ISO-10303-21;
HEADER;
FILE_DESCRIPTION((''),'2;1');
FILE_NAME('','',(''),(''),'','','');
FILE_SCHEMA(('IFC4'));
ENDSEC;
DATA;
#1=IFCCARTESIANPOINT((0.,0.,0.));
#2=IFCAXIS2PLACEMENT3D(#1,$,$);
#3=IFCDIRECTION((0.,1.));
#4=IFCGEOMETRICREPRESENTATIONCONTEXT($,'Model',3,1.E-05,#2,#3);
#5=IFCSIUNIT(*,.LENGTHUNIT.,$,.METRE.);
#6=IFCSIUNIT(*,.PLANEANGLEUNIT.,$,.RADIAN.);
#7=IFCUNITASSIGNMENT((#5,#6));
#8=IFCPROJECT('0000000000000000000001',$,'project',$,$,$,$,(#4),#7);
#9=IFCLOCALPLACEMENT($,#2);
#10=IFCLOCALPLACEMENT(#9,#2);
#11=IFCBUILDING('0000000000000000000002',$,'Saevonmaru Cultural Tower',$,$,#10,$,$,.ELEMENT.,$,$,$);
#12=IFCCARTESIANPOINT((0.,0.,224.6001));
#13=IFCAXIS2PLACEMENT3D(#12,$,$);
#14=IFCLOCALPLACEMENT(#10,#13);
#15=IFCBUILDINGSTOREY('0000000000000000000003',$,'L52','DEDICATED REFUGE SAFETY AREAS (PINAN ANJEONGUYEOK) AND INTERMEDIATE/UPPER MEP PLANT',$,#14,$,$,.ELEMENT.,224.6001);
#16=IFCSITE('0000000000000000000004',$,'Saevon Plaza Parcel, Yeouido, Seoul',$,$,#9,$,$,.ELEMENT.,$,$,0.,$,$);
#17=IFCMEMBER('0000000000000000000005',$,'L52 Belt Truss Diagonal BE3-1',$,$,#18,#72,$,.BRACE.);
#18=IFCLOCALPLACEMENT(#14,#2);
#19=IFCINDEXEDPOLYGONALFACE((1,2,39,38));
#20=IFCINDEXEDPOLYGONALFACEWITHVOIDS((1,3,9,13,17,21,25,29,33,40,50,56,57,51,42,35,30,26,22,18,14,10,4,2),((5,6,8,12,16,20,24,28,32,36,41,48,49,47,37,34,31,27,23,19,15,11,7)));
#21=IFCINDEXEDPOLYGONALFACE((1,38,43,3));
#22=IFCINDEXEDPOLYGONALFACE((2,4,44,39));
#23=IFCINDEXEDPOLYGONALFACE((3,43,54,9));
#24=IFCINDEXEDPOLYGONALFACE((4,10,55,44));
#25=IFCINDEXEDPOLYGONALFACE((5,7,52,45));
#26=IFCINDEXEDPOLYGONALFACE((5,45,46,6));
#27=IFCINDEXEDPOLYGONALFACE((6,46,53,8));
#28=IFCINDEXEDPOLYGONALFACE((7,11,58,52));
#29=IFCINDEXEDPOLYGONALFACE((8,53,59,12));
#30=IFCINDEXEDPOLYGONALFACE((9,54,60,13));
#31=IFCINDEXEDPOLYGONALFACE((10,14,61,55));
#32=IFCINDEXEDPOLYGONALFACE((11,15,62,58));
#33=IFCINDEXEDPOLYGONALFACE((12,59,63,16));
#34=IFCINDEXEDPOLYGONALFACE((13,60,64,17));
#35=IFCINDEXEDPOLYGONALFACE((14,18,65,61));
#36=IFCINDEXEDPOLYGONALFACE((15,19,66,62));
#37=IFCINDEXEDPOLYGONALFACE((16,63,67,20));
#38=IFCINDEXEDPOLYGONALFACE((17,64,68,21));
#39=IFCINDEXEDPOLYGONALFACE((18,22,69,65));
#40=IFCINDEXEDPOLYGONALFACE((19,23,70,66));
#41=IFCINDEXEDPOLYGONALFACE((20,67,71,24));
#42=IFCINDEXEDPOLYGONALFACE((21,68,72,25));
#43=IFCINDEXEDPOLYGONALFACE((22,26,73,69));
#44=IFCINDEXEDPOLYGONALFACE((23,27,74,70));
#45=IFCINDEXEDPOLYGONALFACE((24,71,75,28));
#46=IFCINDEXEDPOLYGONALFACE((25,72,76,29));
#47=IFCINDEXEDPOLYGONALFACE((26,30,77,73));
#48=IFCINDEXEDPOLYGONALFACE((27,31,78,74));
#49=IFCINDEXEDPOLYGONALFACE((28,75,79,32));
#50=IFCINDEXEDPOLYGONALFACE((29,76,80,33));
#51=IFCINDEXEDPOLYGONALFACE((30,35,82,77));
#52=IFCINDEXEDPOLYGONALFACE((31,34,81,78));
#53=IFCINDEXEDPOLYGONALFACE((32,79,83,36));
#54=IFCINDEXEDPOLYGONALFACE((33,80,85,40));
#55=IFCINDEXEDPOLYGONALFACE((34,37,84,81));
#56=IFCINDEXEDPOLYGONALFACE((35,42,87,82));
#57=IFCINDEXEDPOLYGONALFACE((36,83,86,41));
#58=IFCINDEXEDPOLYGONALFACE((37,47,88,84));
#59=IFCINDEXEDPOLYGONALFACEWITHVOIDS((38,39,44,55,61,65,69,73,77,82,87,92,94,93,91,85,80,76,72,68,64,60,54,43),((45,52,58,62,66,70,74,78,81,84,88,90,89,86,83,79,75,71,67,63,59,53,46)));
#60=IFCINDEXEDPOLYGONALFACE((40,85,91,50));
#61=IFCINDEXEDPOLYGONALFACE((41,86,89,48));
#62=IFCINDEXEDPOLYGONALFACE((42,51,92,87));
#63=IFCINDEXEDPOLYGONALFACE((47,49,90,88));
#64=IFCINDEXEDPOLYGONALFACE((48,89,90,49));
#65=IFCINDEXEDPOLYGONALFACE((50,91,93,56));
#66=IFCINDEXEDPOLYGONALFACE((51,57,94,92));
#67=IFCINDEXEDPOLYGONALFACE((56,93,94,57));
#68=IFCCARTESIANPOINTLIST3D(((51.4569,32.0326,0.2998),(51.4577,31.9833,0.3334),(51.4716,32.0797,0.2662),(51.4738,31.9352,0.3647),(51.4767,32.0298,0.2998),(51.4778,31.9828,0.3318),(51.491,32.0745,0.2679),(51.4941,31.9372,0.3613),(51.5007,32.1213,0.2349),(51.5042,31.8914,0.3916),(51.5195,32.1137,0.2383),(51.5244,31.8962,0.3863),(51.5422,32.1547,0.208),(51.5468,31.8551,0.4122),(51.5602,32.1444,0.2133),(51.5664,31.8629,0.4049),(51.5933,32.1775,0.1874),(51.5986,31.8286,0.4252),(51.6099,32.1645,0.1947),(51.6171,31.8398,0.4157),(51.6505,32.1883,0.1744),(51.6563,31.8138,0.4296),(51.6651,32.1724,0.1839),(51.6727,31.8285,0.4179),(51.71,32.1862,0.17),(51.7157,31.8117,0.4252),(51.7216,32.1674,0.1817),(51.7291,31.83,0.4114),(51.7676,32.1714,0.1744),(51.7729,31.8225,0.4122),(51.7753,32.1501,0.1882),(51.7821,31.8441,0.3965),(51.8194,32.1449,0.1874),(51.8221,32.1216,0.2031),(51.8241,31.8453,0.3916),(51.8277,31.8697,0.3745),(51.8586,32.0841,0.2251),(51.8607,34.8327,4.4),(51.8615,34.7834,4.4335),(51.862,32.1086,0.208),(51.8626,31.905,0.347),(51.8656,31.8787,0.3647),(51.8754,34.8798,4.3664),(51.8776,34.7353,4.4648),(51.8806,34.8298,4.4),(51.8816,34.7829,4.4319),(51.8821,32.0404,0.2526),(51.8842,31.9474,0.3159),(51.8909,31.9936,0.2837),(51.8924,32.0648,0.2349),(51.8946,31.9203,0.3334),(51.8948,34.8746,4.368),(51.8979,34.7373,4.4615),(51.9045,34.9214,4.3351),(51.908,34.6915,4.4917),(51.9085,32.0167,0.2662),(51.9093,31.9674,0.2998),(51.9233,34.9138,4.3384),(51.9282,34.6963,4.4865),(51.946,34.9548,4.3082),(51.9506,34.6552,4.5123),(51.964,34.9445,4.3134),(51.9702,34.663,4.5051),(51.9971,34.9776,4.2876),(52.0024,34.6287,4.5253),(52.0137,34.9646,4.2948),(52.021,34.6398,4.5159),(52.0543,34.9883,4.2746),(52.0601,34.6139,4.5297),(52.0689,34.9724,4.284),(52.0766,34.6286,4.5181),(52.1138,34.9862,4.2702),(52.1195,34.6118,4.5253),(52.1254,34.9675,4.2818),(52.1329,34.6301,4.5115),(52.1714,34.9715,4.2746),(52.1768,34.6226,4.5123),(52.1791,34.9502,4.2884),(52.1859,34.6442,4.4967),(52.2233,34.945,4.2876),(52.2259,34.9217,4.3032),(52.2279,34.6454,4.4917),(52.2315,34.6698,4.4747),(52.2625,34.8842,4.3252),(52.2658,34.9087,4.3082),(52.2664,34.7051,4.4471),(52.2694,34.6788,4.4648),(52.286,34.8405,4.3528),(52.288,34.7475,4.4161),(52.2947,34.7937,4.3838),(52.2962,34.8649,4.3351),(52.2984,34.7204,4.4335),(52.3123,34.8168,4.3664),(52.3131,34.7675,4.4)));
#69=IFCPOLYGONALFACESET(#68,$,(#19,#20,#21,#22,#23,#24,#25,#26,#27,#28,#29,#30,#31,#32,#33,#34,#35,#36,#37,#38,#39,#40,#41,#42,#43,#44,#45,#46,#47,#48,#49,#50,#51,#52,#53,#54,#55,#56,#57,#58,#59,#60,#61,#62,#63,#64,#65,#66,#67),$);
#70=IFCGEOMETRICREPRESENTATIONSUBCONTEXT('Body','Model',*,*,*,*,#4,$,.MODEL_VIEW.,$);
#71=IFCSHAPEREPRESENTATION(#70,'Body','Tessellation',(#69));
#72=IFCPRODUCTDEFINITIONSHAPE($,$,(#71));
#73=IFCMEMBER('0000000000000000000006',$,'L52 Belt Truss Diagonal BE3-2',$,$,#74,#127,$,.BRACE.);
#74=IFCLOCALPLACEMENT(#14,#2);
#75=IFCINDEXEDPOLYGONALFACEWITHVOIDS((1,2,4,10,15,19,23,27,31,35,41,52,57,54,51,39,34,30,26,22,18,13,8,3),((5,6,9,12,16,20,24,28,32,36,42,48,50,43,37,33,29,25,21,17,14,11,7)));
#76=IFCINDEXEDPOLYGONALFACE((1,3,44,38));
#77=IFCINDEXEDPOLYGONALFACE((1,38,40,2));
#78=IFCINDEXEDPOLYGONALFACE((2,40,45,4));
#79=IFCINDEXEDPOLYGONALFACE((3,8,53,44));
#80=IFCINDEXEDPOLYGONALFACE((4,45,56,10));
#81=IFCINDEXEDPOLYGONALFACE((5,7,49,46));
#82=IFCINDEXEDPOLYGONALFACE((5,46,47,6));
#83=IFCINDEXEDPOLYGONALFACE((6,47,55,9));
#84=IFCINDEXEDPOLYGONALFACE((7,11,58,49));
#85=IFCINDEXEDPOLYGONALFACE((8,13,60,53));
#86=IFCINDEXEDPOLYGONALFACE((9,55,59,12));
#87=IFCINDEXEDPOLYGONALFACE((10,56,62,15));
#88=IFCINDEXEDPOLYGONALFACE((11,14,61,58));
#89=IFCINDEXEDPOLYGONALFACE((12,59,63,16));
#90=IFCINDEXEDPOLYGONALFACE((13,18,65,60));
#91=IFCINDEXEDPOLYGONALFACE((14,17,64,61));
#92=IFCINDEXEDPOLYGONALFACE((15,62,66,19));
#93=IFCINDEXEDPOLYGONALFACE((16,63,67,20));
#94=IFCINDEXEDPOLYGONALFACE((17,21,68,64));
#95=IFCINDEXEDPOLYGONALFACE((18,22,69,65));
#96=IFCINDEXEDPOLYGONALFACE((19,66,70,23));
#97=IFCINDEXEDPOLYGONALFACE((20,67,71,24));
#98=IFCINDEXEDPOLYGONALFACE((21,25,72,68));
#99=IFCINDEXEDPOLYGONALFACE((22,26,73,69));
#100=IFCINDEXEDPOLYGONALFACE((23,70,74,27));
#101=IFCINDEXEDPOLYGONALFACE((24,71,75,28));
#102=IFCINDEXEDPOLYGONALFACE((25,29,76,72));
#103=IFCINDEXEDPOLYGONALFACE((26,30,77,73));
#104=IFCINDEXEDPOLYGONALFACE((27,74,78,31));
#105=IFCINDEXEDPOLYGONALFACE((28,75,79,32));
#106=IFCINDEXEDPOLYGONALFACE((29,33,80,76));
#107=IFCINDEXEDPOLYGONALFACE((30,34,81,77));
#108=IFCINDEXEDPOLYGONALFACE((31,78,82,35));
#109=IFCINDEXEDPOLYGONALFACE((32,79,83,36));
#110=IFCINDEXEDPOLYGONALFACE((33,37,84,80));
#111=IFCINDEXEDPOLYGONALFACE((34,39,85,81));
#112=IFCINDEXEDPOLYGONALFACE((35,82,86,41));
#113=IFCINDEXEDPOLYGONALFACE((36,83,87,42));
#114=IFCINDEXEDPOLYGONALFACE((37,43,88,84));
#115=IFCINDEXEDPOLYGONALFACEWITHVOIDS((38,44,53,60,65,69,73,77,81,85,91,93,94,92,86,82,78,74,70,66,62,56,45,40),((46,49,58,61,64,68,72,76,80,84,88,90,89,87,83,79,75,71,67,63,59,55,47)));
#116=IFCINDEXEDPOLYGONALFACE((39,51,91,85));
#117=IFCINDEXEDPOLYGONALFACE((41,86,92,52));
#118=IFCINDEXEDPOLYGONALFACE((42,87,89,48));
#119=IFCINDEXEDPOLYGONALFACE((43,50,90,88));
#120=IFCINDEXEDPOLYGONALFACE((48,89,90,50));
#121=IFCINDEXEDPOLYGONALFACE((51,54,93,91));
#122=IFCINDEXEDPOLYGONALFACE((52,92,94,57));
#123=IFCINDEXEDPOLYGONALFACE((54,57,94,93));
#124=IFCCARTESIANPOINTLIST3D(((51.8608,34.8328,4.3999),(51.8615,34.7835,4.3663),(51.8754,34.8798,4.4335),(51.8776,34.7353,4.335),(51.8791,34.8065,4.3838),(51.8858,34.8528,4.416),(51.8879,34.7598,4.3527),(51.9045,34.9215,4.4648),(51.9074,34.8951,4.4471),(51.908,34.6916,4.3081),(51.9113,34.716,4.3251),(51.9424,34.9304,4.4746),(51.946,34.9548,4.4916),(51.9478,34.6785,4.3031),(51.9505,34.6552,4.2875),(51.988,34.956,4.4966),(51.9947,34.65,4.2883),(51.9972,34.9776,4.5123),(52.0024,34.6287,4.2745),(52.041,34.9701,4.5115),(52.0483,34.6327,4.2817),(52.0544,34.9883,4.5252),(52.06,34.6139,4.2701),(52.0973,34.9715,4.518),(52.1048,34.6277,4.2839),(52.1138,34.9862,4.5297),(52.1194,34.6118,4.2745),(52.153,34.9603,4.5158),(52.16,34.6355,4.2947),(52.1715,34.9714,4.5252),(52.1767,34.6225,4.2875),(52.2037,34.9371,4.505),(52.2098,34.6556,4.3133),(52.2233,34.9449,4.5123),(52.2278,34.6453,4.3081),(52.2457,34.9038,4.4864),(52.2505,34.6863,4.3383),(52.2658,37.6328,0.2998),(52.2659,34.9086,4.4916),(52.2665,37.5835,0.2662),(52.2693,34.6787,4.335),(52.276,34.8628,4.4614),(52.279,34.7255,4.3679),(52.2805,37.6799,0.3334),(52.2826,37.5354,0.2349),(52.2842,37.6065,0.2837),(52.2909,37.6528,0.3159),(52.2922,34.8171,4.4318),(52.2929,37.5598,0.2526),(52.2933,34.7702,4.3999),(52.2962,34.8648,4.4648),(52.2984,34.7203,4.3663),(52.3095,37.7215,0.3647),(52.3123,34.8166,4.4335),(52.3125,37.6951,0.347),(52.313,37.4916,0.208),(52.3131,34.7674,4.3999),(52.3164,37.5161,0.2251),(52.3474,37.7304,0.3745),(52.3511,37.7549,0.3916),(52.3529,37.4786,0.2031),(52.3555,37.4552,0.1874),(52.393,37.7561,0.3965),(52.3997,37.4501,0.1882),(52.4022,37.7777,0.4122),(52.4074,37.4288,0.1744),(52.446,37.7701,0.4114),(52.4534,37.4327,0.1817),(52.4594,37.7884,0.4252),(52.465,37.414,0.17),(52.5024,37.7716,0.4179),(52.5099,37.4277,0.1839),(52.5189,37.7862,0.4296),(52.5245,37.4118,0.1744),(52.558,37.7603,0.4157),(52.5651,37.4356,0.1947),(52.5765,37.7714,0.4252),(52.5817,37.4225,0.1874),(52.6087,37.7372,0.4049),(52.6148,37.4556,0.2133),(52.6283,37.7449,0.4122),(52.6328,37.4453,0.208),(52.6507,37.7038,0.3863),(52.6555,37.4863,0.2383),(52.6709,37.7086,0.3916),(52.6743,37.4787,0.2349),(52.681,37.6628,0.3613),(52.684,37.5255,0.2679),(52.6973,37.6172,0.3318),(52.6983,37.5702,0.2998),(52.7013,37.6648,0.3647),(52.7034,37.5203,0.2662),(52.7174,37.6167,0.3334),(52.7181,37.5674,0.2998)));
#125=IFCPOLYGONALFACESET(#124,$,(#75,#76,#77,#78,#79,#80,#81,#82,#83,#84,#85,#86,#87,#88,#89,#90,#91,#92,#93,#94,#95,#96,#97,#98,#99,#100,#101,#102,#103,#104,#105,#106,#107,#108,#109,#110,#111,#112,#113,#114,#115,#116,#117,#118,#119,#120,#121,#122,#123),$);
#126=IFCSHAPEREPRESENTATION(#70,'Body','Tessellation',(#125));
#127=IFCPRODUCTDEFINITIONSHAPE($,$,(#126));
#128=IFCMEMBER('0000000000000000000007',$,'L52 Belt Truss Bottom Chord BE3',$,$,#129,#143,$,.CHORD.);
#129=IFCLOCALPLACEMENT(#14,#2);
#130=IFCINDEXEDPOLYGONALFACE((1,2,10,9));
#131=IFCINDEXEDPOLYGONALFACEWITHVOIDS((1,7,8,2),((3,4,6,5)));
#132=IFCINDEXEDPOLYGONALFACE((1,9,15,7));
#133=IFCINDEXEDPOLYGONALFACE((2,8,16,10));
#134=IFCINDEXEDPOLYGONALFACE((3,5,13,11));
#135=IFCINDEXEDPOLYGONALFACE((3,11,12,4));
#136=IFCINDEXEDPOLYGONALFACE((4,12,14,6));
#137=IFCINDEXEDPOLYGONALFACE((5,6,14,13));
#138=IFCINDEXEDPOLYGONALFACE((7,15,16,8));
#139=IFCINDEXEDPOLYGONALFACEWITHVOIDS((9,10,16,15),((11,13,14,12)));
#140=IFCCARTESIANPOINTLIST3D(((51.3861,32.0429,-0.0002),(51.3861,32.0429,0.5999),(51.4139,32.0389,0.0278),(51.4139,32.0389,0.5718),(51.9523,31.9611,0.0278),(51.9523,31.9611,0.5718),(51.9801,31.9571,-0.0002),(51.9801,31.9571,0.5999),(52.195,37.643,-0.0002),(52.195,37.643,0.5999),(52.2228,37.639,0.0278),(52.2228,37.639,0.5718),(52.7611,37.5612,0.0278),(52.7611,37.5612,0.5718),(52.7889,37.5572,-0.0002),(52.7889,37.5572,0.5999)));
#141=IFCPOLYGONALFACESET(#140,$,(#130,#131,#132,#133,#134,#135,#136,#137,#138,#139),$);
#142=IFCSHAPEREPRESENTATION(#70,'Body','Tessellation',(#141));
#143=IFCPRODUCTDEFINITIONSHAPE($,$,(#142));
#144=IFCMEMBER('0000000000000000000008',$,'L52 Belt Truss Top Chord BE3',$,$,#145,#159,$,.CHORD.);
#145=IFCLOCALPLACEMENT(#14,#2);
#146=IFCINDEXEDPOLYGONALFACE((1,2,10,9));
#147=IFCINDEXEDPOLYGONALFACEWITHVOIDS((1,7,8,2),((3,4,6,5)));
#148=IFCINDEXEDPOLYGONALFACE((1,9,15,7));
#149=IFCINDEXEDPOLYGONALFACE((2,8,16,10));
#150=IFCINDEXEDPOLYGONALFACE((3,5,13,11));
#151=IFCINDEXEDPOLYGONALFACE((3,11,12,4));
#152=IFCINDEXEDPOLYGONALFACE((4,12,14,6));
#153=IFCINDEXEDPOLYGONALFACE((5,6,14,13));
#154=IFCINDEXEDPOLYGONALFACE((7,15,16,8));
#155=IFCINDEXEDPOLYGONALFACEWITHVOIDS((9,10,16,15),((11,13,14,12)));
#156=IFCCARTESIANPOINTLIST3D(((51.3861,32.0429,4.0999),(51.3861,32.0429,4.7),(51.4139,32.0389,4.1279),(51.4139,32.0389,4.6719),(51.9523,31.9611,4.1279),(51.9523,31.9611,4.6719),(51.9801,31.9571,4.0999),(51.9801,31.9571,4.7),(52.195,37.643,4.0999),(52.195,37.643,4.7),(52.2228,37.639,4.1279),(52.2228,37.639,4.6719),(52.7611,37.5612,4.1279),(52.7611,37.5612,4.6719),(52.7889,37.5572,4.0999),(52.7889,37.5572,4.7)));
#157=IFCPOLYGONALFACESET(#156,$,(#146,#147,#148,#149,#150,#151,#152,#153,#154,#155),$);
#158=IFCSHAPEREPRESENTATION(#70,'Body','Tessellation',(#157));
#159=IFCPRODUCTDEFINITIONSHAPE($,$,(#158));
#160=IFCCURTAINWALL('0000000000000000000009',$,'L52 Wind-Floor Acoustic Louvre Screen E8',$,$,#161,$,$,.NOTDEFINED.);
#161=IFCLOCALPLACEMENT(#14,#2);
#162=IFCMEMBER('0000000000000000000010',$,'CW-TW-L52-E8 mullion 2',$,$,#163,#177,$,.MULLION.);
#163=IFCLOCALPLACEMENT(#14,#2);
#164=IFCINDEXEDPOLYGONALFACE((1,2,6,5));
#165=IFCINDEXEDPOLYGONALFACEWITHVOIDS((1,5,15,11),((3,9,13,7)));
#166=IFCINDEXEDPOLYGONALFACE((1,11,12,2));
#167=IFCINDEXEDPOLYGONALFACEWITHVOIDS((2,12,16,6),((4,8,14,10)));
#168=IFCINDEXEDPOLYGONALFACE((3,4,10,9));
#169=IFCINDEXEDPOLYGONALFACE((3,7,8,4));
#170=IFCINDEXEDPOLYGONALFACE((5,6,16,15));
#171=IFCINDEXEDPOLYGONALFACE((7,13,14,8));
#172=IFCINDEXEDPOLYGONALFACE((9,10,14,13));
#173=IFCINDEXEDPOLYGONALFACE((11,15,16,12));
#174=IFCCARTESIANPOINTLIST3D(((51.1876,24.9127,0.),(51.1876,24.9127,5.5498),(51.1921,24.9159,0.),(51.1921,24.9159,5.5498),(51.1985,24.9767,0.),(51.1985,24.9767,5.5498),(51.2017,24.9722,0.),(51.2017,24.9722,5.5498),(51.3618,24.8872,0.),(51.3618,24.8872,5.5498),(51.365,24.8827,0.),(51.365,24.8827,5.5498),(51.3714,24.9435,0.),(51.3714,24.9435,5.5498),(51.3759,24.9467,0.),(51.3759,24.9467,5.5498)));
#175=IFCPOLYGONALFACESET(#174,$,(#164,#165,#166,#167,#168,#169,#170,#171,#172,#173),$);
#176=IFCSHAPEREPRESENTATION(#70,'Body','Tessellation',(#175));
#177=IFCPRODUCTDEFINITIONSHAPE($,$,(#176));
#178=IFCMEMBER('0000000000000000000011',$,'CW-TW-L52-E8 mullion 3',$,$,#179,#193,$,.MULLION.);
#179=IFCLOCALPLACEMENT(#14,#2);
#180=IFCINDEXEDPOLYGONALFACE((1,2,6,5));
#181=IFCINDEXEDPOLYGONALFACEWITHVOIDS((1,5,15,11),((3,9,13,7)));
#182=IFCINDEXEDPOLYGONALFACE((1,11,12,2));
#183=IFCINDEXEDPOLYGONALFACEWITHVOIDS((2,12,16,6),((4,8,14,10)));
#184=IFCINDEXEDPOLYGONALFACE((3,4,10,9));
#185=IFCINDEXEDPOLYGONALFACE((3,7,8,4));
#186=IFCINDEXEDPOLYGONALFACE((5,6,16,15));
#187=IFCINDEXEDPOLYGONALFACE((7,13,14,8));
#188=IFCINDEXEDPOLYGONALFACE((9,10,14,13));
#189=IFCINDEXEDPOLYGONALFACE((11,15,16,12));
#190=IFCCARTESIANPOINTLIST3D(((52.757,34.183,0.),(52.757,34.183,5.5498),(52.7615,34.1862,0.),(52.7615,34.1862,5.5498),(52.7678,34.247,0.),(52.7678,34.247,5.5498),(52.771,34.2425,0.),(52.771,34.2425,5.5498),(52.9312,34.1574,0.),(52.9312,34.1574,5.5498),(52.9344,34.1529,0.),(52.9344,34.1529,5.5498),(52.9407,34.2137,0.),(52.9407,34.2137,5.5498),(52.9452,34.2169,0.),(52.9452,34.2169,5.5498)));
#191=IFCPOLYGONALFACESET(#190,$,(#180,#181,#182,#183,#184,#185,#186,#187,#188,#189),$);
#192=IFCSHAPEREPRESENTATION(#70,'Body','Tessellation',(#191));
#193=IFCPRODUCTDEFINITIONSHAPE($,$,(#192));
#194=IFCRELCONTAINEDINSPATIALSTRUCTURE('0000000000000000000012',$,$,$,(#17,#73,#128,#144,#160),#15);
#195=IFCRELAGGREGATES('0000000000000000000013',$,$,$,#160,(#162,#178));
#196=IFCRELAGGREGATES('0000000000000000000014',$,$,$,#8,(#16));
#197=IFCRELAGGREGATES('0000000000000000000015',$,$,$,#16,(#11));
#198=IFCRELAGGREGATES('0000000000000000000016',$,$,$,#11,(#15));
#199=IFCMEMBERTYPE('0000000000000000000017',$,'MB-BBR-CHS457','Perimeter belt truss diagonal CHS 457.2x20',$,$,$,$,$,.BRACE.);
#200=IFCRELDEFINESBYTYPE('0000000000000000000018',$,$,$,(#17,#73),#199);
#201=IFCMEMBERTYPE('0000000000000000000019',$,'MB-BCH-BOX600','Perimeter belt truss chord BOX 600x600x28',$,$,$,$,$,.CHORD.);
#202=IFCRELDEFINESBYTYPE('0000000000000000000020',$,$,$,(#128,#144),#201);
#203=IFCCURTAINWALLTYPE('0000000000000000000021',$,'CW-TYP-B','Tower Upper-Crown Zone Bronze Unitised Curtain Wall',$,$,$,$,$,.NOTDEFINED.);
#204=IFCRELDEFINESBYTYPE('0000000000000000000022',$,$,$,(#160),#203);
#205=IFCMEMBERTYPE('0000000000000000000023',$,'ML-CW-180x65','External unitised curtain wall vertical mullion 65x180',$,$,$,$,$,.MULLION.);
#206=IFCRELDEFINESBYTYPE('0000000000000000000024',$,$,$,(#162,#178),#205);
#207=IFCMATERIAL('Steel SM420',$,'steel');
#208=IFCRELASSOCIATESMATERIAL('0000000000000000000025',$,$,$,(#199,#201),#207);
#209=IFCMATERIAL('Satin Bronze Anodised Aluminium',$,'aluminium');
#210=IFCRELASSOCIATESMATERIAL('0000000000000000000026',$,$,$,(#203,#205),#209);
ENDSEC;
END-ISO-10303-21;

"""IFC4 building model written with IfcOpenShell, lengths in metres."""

from ifc_helpers import new_model, si_unit, direction, frame, origin, origin_2d, place, context, subcontext, project, spatial, hollow_rectangle, hollow_circle, extrude, material, material_profile, profile_set, type_object, element, aggregate, save


model = new_model("IFC4")

# Units and contexts
model_context = context("Model", 3, precision=1e-05, world=origin(), true_north=direction((0.0, 1.0)))
body_context = subcontext(model_context, "Body", "Model", "MODEL_VIEW")
ifc_project = project(units=[si_unit("LENGTHUNIT", "METRE"), si_unit("PLANEANGLEUNIT", "RADIAN")], contexts=[model_context])

# Site, building, storey
site_placement = place(None, origin())
site = spatial("IfcSite", under=ifc_project, at=site_placement, Name="Saevon Plaza Parcel, Yeouido, Seoul", CompositionType="ELEMENT", RefElevation=0.0)
building_placement = place(site_placement, origin())
building = spatial("IfcBuilding", under=site, at=building_placement, Name="Saevonmaru Cultural Tower", CompositionType="ELEMENT")
storey_placement = place(building_placement, frame((0.0, 0.0, 224.6001)))
storey = spatial("IfcBuildingStorey", under=building, at=storey_placement, Name="L52", Description="DEDICATED REFUGE SAFETY AREAS (PINAN ANJEONGUYEOK) AND INTERMEDIATE/UPPER MEP PLANT", CompositionType="ELEMENT", Elevation=224.6001)

# Shared definitions
ifc_material_1 = material(Name="Steel SM420", Category="steel")

# Members
ifc_material_profile_1 = material_profile(ifc_material_1, hollow_circle(Radius=0.2285, WallThickness=0.02, at=origin_2d()), Name="CHS-457.2x20")
ifc_profile_set_1 = profile_set([ifc_material_profile_1], Name="Steel SM420")
member_type_1 = type_object("IfcMemberType", Name="MB-BBR-CHS457", Description="Perimeter belt truss diagonal CHS 457.2x20", PredefinedType="BRACE", material=ifc_profile_set_1)
for number, where, z_axis, x_axis, name in (
    (1, (51.6831, 32.0, 0.2998), (0.081064, 0.562103, 0.823085), (-0.98976, 0.142738, 0.0), "L52 Belt Truss Diagonal BE3-1"),
    (2, (52.4919, 37.6001, 0.2998), (-0.081307, -0.562092, 0.823069), (0.989699, -0.143161, 0.0), "L52 Belt Truss Diagonal BE3-2"),
):
    element("IfcMember", number, at=place(storey_placement, frame(where, z_axis=z_axis, x_axis=x_axis)), inside=storey, type_object=member_type_1, Name=name, PredefinedType="BRACE", context=body_context, shape_type="SweptSolid", body=[
        extrude(hollow_circle(Radius=0.2285, WallThickness=0.02, at=origin_2d()), origin(), (0.0, 0.0, 1.0), 4.9814),
    ])
ifc_material_profile_2 = material_profile(ifc_material_1, hollow_rectangle(XDim=0.6001, YDim=0.6001, WallThickness=0.0281, at=origin_2d()), Name="BOX-600x600x28")
ifc_profile_set_2 = profile_set([ifc_material_profile_2], Name="Steel SM420")
member_type_2 = type_object("IfcMemberType", Name="MB-BCH-BOX600", Description="Perimeter belt truss chord BOX 600x600x28", PredefinedType="CHORD", material=ifc_profile_set_2)
for number, where, z_axis, x_axis, name in (
    (3, (51.6831, 32.0, 0.2998), (0.142949, 0.98973, 0.0), (-0.98973, 0.142949, 0.0), "L52 Belt Truss Bottom Chord BE3"),
    (4, (51.6831, 32.0, 4.3999), (0.142949, 0.98973, 0.0), (-0.98973, 0.142949, 0.0), "L52 Belt Truss Top Chord BE3"),
):
    element("IfcMember", number, at=place(storey_placement, frame(where, z_axis=z_axis, x_axis=x_axis)), inside=storey, type_object=member_type_2, Name=name, PredefinedType="CHORD", context=body_context, shape_type="SweptSolid", body=[
        extrude(hollow_rectangle(XDim=0.6001, YDim=0.6001, WallThickness=0.0281, at=origin_2d()), origin(), (0.0, 0.0, 1.0), 5.6582),
    ])

# Curtain wall, members
ifc_material_2 = material(Name="Satin Bronze Anodised Aluminium", Category="aluminium")
curtain_wall_type = type_object("IfcCurtainWallType", Name="CW-TYP-B", Description="Tower Upper-Crown Zone Bronze Unitised Curtain Wall", PredefinedType="NOTDEFINED", material=ifc_material_2)
curtain_wall_placement = place(storey_placement, origin())
curtain_wall = element("IfcCurtainWall", 5, at=curtain_wall_placement, inside=storey, type_object=curtain_wall_type, Name="L52 Wind-Floor Acoustic Louvre Screen E8", PredefinedType="NOTDEFINED")
ifc_material_profile_3 = material_profile(ifc_material_2, hollow_rectangle(XDim=0.0649, YDim=0.1799, WallThickness=0.0039, at=origin_2d()), Name="ALU-MULL-180x65x4")
ifc_profile_set_3 = profile_set([ifc_material_profile_3], Name="Satin Bronze Anodised Aluminium")
member_type_3 = type_object("IfcMemberType", Name="ML-CW-180x65", Description="External unitised curtain wall vertical mullion 65x180", PredefinedType="MULLION", material=ifc_profile_set_3)
member_1_placement = place(storey_placement, frame((51.2817, 24.9297, 0.0), z_axis=(0.0, 0.0, 1.0), x_axis=(0.166922, 0.98597, 0.0)))
member_1 = element("IfcMember", 6, at=member_1_placement, type_object=member_type_3, Name="CW-TW-L52-E8 mullion 2", PredefinedType="MULLION", context=body_context, shape_type="SweptSolid", body=[
    extrude(hollow_rectangle(XDim=0.0649, YDim=0.1799, WallThickness=0.0039, at=origin_2d()), origin(), (0.0, 0.0, 1.0), 5.5498),
])
member_2_placement = place(storey_placement, frame((52.8511, 34.2, 0.0), z_axis=(0.0, 0.0, 1.0), x_axis=(0.166922, 0.98597, 0.0)))
member_2 = element("IfcMember", 7, at=member_2_placement, type_object=member_type_3, Name="CW-TW-L52-E8 mullion 3", PredefinedType="MULLION", context=body_context, shape_type="SweptSolid", body=[
    extrude(hollow_rectangle(XDim=0.0649, YDim=0.1799, WallThickness=0.0039, at=origin_2d()), origin(), (0.0, 0.0, 1.0), 5.5498),
])

aggregate(curtain_wall, [member_1, member_2])

save(model, "model.ifc")
